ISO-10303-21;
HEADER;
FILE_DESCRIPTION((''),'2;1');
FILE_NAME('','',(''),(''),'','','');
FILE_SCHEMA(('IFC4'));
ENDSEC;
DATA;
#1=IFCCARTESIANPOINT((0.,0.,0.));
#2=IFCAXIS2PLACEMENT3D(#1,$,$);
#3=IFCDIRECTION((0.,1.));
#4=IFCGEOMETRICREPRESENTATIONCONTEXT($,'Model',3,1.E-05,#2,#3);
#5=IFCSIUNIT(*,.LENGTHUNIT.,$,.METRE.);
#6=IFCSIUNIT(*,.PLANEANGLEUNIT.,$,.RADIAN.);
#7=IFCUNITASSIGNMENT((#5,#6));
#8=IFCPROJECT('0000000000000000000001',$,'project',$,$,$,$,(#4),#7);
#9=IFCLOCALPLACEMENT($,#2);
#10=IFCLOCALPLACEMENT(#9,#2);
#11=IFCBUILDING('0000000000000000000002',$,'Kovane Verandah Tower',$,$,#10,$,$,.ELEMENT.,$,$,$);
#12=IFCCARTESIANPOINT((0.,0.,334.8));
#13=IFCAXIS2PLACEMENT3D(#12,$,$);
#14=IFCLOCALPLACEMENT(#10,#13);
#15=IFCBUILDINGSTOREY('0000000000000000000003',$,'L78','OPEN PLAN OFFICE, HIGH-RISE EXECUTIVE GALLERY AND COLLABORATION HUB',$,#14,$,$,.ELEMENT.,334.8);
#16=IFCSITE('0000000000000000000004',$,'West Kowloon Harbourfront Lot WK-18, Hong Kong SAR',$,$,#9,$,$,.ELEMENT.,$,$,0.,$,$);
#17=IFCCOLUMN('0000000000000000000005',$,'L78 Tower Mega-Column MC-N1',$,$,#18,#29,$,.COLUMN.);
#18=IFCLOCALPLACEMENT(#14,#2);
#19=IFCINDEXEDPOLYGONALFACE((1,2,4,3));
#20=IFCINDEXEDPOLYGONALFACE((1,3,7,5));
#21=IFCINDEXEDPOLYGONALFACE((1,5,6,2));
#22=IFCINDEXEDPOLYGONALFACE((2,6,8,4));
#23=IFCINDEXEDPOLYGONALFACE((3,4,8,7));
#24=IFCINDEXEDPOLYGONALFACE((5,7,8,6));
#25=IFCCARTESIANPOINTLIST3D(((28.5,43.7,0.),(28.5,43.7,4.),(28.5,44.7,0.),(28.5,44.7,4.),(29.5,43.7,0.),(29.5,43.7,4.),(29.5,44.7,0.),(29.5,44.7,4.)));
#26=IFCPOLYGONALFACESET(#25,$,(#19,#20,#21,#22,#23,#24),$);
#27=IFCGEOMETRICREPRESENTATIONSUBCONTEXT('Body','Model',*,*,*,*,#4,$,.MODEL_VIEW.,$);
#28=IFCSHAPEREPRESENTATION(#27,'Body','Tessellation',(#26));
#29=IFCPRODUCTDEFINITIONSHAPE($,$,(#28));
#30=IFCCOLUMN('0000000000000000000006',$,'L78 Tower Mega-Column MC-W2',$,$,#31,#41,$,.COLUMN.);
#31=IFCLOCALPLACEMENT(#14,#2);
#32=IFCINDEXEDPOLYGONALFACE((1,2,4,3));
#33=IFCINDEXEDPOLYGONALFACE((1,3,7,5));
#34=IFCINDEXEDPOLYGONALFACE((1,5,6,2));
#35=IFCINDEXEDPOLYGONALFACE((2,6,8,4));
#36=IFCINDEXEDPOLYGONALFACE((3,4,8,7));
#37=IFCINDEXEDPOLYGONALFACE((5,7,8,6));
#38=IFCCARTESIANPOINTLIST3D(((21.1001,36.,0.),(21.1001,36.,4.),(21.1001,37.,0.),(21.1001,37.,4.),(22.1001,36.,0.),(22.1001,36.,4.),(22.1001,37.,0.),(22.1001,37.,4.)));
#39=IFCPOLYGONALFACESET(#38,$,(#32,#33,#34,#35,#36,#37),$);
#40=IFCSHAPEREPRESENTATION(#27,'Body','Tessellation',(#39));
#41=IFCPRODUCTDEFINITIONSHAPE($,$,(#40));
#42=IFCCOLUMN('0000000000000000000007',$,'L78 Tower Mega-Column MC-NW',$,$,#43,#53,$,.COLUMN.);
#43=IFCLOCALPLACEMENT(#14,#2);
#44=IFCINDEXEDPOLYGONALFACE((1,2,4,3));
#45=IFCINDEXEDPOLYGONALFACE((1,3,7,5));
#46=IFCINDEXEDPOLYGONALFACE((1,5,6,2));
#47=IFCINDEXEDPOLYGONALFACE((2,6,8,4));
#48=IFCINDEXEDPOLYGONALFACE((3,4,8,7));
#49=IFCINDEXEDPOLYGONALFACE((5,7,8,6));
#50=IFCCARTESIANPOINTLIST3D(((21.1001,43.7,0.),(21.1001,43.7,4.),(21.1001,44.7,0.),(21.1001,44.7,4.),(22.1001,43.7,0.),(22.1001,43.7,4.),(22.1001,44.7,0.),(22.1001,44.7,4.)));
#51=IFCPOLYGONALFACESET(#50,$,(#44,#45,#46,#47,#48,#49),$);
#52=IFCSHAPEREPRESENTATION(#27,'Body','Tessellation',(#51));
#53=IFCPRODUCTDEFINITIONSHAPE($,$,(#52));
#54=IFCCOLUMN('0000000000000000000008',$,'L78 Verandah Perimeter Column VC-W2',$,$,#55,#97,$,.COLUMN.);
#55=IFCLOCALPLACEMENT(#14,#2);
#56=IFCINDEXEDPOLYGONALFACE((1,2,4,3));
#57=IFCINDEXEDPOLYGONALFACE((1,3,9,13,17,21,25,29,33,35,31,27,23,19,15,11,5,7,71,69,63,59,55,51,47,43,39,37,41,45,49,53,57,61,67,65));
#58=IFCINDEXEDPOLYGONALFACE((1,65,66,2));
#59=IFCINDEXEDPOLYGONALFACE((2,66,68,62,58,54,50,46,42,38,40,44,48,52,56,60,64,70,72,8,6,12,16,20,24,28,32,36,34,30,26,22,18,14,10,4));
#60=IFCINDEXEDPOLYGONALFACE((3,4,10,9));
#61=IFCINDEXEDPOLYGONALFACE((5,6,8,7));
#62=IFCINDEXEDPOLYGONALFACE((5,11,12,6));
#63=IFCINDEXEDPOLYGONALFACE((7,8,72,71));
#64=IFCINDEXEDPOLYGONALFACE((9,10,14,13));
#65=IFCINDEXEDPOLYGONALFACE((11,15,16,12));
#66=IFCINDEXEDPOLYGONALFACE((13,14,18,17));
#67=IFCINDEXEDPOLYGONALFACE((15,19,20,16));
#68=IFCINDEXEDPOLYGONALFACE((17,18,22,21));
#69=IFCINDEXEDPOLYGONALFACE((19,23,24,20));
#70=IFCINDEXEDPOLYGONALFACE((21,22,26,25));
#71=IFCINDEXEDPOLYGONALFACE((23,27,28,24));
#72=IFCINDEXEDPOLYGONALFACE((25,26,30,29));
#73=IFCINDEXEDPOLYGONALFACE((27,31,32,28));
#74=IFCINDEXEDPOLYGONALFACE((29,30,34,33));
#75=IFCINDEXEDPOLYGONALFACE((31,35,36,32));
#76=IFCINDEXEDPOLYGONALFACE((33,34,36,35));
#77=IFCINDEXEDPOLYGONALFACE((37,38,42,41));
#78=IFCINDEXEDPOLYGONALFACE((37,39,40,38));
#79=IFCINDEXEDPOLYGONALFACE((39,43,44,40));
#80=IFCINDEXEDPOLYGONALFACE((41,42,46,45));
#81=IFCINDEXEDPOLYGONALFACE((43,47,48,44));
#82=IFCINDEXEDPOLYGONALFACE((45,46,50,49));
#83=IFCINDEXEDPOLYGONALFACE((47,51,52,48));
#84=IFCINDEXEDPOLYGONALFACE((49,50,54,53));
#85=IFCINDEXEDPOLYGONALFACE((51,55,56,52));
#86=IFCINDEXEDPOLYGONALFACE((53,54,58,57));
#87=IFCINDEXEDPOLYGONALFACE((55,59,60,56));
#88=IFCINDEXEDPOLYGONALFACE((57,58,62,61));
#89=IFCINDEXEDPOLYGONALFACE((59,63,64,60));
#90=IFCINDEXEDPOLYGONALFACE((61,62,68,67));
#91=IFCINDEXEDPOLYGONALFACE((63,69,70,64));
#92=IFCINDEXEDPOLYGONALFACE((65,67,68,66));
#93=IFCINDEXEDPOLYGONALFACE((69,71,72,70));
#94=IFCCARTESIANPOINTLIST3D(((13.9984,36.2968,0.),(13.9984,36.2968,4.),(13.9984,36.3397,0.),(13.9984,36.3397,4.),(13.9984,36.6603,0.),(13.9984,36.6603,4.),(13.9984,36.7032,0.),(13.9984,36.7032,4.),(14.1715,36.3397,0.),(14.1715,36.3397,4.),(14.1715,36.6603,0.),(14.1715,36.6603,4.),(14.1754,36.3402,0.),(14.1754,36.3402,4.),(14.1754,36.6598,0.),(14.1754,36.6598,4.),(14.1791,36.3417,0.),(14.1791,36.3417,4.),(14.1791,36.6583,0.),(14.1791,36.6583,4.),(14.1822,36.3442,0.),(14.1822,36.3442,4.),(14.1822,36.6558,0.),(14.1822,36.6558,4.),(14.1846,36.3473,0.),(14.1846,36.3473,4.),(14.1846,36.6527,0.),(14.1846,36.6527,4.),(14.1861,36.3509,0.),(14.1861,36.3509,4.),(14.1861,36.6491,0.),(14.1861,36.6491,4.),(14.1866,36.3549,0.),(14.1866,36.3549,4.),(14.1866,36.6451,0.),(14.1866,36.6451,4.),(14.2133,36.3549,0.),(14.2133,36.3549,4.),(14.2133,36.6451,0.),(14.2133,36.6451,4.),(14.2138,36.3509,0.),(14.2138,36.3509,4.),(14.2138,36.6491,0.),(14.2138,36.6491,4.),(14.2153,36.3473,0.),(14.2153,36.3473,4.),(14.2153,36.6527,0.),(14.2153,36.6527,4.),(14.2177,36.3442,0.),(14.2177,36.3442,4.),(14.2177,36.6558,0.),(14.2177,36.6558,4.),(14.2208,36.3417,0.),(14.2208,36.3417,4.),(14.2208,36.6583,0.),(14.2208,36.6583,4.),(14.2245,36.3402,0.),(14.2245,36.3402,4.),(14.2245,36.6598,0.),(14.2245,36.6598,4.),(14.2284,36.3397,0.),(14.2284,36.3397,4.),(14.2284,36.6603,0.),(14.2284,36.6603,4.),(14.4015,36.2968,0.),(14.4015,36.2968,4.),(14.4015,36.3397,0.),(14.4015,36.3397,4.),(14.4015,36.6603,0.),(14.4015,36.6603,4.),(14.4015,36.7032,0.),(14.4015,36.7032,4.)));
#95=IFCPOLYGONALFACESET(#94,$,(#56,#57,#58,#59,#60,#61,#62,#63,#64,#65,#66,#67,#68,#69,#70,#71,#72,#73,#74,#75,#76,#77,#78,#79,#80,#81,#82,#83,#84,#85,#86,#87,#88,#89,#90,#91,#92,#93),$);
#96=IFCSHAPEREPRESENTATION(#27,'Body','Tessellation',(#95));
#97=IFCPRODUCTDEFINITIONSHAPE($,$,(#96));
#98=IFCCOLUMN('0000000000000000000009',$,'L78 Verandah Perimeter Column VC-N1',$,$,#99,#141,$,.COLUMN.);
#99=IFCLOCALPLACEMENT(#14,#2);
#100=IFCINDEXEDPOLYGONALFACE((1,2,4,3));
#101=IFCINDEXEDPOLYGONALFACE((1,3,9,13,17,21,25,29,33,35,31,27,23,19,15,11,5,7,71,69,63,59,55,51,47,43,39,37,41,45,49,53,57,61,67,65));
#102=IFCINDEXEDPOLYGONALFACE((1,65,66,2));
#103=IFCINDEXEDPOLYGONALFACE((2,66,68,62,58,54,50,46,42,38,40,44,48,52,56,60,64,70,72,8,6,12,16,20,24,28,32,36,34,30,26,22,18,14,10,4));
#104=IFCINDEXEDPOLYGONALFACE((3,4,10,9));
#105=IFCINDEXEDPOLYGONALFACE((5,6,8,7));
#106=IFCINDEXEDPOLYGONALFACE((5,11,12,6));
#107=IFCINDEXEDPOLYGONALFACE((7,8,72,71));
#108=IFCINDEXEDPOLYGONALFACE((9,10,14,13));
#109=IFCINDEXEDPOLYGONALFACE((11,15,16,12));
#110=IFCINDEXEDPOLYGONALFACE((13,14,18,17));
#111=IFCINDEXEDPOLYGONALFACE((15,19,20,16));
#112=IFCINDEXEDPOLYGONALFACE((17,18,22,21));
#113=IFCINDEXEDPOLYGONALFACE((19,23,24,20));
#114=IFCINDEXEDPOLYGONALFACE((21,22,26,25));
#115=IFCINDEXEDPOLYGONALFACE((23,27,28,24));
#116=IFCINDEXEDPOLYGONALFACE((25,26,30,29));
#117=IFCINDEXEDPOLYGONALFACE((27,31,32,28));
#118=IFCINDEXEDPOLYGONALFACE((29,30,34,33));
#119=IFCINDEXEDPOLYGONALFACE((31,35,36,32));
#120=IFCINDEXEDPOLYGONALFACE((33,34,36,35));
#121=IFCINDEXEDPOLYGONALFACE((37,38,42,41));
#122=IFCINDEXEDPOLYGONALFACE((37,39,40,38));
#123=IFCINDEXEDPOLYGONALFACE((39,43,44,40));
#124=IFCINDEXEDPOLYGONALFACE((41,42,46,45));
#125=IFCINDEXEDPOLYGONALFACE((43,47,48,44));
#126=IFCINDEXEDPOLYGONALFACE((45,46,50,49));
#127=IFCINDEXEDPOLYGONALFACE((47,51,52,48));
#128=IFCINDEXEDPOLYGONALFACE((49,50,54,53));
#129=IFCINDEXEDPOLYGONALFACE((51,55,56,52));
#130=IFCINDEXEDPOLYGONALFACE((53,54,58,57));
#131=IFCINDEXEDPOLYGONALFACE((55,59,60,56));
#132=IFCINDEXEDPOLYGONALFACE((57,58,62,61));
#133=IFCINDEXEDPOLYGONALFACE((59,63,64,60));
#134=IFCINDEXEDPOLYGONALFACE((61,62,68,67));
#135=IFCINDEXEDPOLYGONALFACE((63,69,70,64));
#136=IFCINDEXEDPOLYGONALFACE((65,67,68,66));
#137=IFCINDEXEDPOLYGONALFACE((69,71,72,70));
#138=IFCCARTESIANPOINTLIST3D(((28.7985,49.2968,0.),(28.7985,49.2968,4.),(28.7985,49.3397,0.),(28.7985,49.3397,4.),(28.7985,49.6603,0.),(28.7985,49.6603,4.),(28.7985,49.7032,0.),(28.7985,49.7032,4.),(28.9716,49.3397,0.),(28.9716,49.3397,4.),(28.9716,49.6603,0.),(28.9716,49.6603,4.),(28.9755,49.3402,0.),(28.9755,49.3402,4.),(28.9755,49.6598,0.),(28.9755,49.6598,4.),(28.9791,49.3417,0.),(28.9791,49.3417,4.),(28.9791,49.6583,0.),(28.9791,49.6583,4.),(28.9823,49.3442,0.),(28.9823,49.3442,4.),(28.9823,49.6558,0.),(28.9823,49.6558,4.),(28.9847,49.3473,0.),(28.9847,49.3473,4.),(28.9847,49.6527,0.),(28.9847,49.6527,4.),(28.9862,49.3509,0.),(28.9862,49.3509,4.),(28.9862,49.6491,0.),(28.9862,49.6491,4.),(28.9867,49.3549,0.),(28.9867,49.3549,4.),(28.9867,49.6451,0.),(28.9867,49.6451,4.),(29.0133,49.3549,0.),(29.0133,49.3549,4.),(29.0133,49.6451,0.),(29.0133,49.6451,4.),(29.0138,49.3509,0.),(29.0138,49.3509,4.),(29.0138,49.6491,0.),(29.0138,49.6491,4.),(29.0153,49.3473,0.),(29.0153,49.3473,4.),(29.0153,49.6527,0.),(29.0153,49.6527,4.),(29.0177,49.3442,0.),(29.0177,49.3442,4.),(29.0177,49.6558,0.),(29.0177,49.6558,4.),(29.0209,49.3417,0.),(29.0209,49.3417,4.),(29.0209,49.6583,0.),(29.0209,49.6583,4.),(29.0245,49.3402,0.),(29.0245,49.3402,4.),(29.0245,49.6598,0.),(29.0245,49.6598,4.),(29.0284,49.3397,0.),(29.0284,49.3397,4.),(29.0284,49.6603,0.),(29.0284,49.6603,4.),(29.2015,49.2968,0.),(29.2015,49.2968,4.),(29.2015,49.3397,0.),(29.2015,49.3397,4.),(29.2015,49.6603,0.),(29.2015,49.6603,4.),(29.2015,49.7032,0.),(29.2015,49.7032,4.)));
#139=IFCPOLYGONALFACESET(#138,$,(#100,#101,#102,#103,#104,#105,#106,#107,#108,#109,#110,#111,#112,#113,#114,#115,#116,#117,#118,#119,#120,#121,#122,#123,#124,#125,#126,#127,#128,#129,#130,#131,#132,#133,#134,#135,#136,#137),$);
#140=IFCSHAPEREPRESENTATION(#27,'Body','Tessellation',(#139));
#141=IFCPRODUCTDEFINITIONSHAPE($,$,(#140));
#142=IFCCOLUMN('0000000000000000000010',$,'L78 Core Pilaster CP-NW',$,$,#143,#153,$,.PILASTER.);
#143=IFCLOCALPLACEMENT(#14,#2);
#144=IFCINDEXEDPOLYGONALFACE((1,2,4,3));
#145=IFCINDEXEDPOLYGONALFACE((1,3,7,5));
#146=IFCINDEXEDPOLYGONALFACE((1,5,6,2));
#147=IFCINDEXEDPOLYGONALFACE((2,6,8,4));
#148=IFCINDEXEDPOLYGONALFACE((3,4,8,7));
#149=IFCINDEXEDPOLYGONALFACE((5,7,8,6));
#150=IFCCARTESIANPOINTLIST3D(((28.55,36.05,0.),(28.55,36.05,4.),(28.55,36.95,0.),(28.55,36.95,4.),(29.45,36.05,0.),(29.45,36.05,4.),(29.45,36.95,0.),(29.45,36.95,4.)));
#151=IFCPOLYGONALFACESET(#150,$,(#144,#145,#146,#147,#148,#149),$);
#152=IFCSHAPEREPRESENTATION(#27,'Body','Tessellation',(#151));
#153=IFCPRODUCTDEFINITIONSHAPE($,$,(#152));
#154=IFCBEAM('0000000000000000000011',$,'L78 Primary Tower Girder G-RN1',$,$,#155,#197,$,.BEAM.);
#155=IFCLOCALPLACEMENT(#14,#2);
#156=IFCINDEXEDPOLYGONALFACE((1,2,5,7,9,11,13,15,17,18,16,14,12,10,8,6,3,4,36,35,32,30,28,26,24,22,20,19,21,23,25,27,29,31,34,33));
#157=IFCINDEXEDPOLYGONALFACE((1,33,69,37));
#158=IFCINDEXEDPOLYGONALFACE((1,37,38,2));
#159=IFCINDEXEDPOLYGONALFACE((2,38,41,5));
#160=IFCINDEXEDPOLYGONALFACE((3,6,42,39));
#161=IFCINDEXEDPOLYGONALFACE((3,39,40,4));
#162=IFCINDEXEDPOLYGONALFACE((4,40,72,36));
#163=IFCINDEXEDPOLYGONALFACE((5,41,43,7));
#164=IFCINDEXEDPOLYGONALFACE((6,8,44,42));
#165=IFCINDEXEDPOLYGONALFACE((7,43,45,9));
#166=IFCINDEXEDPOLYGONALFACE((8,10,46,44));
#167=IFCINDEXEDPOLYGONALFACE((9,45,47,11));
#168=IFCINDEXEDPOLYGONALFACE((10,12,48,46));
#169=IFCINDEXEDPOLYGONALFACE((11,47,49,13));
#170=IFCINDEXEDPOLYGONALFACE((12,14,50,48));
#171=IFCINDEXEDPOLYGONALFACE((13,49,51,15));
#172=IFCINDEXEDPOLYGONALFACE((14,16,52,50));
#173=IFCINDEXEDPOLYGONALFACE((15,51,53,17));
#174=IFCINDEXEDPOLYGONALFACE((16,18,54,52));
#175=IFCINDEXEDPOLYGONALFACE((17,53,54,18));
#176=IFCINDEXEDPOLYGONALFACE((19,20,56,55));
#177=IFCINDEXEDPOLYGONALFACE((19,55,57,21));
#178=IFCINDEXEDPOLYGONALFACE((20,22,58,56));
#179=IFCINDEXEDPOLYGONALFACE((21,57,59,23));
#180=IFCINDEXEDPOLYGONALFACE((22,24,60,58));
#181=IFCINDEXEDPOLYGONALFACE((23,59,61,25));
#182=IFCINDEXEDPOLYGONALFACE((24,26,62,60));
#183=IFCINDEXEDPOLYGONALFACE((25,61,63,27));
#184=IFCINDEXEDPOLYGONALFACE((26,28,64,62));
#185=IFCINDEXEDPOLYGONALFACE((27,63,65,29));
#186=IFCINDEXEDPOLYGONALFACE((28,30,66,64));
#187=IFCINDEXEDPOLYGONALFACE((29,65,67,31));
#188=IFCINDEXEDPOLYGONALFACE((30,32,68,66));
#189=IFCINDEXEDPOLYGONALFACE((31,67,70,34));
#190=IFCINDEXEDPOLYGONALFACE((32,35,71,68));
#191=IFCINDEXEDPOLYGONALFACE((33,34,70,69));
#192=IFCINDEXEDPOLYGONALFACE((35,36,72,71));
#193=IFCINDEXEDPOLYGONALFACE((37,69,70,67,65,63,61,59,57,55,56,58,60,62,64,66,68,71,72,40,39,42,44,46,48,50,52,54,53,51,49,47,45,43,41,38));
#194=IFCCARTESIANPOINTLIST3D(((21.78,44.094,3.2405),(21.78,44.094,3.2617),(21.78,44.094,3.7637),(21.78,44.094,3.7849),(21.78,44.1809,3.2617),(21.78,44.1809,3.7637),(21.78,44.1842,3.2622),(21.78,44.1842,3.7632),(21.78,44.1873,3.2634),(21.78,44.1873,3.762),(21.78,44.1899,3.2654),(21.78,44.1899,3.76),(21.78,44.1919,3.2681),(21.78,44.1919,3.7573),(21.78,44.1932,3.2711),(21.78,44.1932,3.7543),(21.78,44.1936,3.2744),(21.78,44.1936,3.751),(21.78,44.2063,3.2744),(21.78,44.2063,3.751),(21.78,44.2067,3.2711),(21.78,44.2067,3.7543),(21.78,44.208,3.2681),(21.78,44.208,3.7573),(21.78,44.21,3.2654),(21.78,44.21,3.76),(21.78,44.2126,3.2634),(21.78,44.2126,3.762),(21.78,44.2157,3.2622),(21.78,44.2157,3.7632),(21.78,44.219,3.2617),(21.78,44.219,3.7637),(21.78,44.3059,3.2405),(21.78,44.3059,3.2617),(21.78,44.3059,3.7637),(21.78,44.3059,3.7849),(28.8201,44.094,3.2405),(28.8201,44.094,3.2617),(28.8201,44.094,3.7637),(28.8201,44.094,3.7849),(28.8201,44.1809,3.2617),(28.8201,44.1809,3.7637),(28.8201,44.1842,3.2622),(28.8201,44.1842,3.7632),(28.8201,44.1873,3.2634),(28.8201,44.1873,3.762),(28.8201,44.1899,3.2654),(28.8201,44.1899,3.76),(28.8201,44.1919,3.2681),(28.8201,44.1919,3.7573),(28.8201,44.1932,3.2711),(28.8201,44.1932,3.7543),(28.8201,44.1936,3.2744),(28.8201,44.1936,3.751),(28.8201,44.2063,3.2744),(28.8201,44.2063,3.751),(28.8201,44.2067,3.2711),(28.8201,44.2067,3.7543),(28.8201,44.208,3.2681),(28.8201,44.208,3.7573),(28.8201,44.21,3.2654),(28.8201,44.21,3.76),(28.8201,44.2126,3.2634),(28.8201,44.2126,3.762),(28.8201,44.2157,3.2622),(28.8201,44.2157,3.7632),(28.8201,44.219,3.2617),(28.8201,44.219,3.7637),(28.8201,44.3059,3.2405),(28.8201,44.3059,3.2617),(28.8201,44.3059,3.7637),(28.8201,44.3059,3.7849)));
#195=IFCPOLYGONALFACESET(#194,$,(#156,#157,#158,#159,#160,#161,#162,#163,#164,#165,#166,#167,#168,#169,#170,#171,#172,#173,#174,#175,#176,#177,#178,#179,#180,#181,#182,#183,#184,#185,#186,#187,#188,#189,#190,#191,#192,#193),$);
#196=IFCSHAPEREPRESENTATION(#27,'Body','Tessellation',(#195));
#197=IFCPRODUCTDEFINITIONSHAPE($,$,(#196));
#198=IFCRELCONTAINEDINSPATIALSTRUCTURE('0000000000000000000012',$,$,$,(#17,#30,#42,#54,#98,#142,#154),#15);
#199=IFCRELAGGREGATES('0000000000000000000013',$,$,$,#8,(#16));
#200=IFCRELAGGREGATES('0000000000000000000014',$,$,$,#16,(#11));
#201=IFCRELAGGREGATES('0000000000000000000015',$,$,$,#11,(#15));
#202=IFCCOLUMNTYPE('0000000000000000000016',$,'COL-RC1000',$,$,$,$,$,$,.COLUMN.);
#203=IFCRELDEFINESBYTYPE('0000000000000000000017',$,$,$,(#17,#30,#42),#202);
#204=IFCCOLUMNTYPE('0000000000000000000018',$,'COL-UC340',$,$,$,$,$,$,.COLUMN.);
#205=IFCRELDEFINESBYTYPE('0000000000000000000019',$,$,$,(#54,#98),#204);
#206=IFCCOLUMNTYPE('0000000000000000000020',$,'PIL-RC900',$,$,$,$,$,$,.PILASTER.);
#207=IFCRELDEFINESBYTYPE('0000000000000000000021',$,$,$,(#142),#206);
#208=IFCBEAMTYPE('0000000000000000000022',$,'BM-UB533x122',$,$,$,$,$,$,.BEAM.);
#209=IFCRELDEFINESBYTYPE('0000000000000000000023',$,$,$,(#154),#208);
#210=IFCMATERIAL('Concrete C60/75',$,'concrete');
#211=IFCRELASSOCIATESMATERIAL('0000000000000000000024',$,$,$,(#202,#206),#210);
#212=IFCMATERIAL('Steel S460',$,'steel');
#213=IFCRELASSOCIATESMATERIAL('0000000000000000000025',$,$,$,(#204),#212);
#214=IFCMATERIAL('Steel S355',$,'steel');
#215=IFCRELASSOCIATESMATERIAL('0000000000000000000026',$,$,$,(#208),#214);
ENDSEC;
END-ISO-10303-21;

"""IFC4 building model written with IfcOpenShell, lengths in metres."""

from ifc_helpers import new_model, si_unit, direction, frame, origin, origin_2d, place, context, subcontext, project, spatial, rectangle, i_section, extrude, material, material_profile, profile_set, type_object, element, save


model = new_model("IFC4")

# Units and contexts
model_context = context("Model", 3, precision=1e-05, world=origin(), true_north=direction((0.0, 1.0)))
body_context = subcontext(model_context, "Body", "Model", "MODEL_VIEW")
ifc_project = project(units=[si_unit("LENGTHUNIT", "METRE"), si_unit("PLANEANGLEUNIT", "RADIAN")], contexts=[model_context])

# Site, building, storey
site_placement = place(None, origin())
site = spatial("IfcSite", under=ifc_project, at=site_placement, Name="West Kowloon Harbourfront Lot WK-18, Hong Kong SAR", CompositionType="ELEMENT", RefElevation=0.0)
building_placement = place(site_placement, origin())
building = spatial("IfcBuilding", under=site, at=building_placement, Name="Kovane Verandah Tower", CompositionType="ELEMENT")
storey_placement = place(building_placement, frame((0.0, 0.0, 334.8)))
storey = spatial("IfcBuildingStorey", under=building, at=storey_placement, Name="L78", Description="OPEN PLAN OFFICE, HIGH-RISE EXECUTIVE GALLERY AND COLLABORATION HUB", CompositionType="ELEMENT", Elevation=334.8)

# Columns
ifc_material_1 = material(Name="Concrete C60/75", Category="concrete")
ifc_material_profile_1 = material_profile(ifc_material_1, rectangle(XDim=1.0, YDim=1.0, at=origin_2d()), Name="RC1000x1000")
ifc_profile_set_1 = profile_set([ifc_material_profile_1], Name="Concrete C60/75")
column_type_1 = type_object("IfcColumnType", Name="COL-RC1000", PredefinedType="COLUMN", material=ifc_profile_set_1)
for number, where, z_axis, x_axis, name in (
    (1, (29.0, 44.2, 0.0), (0.0, 0.0, 1.0), (1.0, 0.0, 0.0), "L78 Tower Mega-Column MC-N1"),
    (2, (21.6001, 36.5, 0.0), (0.0, 0.0, 1.0), (1.0, 0.0, 0.0), "L78 Tower Mega-Column MC-W2"),
    (3, (21.6001, 44.2, 0.0), (0.0, 0.0, 1.0), (1.0, 0.0, 0.0), "L78 Tower Mega-Column MC-NW"),
):
    element("IfcColumn", number, at=place(storey_placement, frame(where, z_axis=z_axis, x_axis=x_axis)), inside=storey, type_object=column_type_1, Name=name, PredefinedType="COLUMN", context=body_context, shape_type="SweptSolid", body=[
        extrude(rectangle(XDim=1.0, YDim=1.0, at=origin_2d()), origin(), (0.0, 0.0, 1.0), 4.0),
    ])
ifc_material_2 = material(Name="Steel S460", Category="steel")
ifc_material_profile_2 = material_profile(ifc_material_2, i_section(OverallWidth=0.4031, OverallDepth=0.4065, WebThickness=0.0266, FlangeThickness=0.043, FilletRadius=0.0151, at=origin_2d()), Name="UC356x406x340")
ifc_profile_set_2 = profile_set([ifc_material_profile_2], Name="Steel S460")
column_type_2 = type_object("IfcColumnType", Name="COL-UC340", PredefinedType="COLUMN", material=ifc_profile_set_2)
for number, where, z_axis, x_axis, name in (
    (4, (14.2, 36.5, 0.0), (0.0, 0.0, 1.0), (1.0, 0.0, 0.0), "L78 Verandah Perimeter Column VC-W2"),
    (5, (29.0, 49.5, 0.0), (0.0, 0.0, 1.0), (1.0, 0.0, 0.0), "L78 Verandah Perimeter Column VC-N1"),
):
    element("IfcColumn", number, at=place(storey_placement, frame(where, z_axis=z_axis, x_axis=x_axis)), inside=storey, type_object=column_type_2, Name=name, PredefinedType="COLUMN", context=body_context, shape_type="SweptSolid", body=[
        extrude(i_section(OverallWidth=0.4031, OverallDepth=0.4065, WebThickness=0.0266, FlangeThickness=0.043, FilletRadius=0.0151, at=origin_2d()), origin(), (0.0, 0.0, 1.0), 4.0),
    ])
ifc_material_profile_3 = material_profile(ifc_material_1, rectangle(XDim=0.8999, YDim=0.8999, at=origin_2d()), Name="RC900x900")
ifc_profile_set_3 = profile_set([ifc_material_profile_3], Name="Concrete C60/75")
column_type_3 = type_object("IfcColumnType", Name="PIL-RC900", PredefinedType="PILASTER", material=ifc_profile_set_3)
column_placement = place(storey_placement, frame((29.0, 36.5, 0.0), z_axis=(0.0, 0.0, 1.0), x_axis=(1.0, 0.0, 0.0)))
element("IfcColumn", 6, at=column_placement, inside=storey, type_object=column_type_3, Name="L78 Core Pilaster CP-NW", PredefinedType="PILASTER", context=body_context, shape_type="SweptSolid", body=[
    extrude(rectangle(XDim=0.8999, YDim=0.8999, at=origin_2d()), origin(), (0.0, 0.0, 1.0), 4.0),
])

# Beam
ifc_material_3 = material(Name="Steel S355", Category="steel")
ifc_material_profile_4 = material_profile(ifc_material_3, i_section(OverallWidth=0.2119, OverallDepth=0.5444, WebThickness=0.0127, FlangeThickness=0.0212, FilletRadius=0.0127, at=origin_2d()), Name="UB533x210x122")
ifc_profile_set_4 = profile_set([ifc_material_profile_4], Name="Steel S355")
beam_type_1 = type_object("IfcBeamType", Name="BM-UB533x122", PredefinedType="BEAM", material=ifc_profile_set_4)
beam_1_placement = place(storey_placement, frame((21.78, 44.2, 3.5127), z_axis=(1.0, 0.0, 0.0), x_axis=(0.0, 1.0, 0.0)))
element("IfcBeam", 7, at=beam_1_placement, inside=storey, type_object=beam_type_1, Name="L78 Primary Tower Girder G-RN1", PredefinedType="BEAM", context=body_context, shape_type="SweptSolid", body=[
    extrude(i_section(OverallWidth=0.2119, OverallDepth=0.5444, WebThickness=0.0127, FlangeThickness=0.0212, FilletRadius=0.0127, at=origin_2d()), origin(), (0.0, 0.0, 1.0), 7.04),
])

save(model, "model.ifc")
